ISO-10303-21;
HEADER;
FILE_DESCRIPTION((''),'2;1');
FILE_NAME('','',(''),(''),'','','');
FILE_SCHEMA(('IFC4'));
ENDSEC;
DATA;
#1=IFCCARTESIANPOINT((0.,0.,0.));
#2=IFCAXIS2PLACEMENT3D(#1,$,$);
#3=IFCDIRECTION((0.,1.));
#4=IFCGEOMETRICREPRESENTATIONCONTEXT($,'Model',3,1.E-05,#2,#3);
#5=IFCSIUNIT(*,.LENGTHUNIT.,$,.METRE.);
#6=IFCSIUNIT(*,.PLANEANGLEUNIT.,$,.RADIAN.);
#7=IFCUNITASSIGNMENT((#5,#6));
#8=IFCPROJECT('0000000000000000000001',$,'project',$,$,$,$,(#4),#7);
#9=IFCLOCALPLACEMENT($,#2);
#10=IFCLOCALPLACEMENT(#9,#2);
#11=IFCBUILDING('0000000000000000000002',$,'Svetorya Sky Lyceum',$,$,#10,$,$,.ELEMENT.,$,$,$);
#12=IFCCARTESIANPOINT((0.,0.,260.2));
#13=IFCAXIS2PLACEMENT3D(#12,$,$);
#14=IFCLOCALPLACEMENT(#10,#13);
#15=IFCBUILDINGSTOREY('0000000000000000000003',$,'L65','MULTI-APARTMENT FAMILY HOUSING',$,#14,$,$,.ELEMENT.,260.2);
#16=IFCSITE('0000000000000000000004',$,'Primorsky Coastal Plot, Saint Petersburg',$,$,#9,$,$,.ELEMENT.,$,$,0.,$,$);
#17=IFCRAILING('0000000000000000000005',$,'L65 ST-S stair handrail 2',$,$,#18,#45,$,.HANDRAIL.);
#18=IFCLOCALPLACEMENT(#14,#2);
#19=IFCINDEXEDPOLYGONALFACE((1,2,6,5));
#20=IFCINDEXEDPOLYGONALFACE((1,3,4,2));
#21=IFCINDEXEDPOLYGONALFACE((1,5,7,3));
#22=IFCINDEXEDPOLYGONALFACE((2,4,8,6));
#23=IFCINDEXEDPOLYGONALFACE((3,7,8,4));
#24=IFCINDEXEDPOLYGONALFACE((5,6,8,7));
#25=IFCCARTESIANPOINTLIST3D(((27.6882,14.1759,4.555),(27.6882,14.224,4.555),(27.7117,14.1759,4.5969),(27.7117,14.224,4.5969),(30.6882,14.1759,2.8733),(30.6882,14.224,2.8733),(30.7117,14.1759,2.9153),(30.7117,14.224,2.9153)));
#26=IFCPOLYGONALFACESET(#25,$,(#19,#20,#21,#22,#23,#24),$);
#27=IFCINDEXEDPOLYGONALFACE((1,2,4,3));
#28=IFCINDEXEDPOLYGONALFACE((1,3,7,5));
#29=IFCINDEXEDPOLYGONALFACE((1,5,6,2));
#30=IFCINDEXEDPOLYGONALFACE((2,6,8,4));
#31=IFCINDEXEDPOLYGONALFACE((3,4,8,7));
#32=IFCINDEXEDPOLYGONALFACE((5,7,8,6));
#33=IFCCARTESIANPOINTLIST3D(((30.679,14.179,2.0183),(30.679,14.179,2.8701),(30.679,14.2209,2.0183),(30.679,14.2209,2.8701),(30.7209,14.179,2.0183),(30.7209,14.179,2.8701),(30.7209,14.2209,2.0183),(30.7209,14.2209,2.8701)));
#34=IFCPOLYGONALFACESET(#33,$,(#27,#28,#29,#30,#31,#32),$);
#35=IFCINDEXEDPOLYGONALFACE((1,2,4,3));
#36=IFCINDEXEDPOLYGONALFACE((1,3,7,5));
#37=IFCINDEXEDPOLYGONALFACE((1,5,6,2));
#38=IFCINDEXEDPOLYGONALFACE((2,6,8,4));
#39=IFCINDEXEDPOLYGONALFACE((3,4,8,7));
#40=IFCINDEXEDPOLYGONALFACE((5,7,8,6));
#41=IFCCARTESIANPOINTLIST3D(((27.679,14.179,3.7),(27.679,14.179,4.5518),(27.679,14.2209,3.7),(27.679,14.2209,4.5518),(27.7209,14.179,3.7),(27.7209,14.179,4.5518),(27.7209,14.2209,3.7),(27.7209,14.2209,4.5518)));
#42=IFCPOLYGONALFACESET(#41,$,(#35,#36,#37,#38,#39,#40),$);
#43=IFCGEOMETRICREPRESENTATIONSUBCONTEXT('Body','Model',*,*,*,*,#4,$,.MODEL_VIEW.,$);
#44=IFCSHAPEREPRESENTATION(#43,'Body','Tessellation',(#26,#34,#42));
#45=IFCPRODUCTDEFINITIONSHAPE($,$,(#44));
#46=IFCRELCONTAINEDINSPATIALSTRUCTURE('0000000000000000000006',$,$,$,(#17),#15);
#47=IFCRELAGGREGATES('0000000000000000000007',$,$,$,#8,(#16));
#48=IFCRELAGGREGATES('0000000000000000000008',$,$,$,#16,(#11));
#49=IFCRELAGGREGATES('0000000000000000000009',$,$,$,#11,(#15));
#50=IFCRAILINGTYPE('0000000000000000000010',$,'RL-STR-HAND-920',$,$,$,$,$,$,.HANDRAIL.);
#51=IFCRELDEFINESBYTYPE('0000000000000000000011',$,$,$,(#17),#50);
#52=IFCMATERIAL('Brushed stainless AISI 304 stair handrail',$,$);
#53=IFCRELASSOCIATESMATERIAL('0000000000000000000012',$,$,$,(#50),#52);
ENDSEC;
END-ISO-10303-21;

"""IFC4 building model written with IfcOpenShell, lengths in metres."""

from ifc_helpers import new_model, si_unit, direction, frame, origin, origin_2d, place, context, subcontext, project, spatial, rectangle, extrude, material, type_object, element, save


model = new_model("IFC4")

# Units and contexts
model_context = context("Model", 3, precision=1e-05, world=origin(), true_north=direction((0.0, 1.0)))
body_context = subcontext(model_context, "Body", "Model", "MODEL_VIEW")
ifc_project = project(units=[si_unit("LENGTHUNIT", "METRE"), si_unit("PLANEANGLEUNIT", "RADIAN")], contexts=[model_context])

# Site, building, storey
site_placement = place(None, origin())
site = spatial("IfcSite", under=ifc_project, at=site_placement, Name="Primorsky Coastal Plot, Saint Petersburg", CompositionType="ELEMENT", RefElevation=0.0)
building_placement = place(site_placement, origin())
building = spatial("IfcBuilding", under=site, at=building_placement, Name="Svetorya Sky Lyceum", CompositionType="ELEMENT")
storey_placement = place(building_placement, frame((0.0, 0.0, 260.2)))
storey = spatial("IfcBuildingStorey", under=building, at=storey_placement, Name="L65", Description="MULTI-APARTMENT FAMILY HOUSING", CompositionType="ELEMENT", Elevation=260.2)

# Railing
ifc_material_1 = material(Name="Brushed stainless AISI 304 stair handrail")
railing_type_1 = type_object("IfcRailingType", Name="RL-STR-HAND-920", PredefinedType="HANDRAIL", material=ifc_material_1)
railing_1_placement = place(storey_placement, frame((30.7, 14.2, 2.0183)))
element("IfcRailing", 1, at=railing_1_placement, inside=storey, type_object=railing_type_1, Name="L65 ST-S stair handrail 2", PredefinedType="HANDRAIL", context=body_context, shape_type="SweptSolid", body=[
    extrude(rectangle(XDim=0.0481, YDim=0.0481, at=origin_2d()), frame((0.0, 0.0, 0.876), z_axis=(-0.872303, 0.0, 0.488966), x_axis=(0.0, -1.0, 0.0)), (0.0, 0.0, 1.0), 3.4392),
    extrude(rectangle(XDim=0.042, YDim=0.042, at=origin_2d()), origin(), (0.0, 0.0, 1.0), 0.8518),
    extrude(rectangle(XDim=0.042, YDim=0.042, at=origin_2d()), frame((-3.0, 0.0, 1.6816)), (0.0, 0.0, 1.0), 0.8518),
])

save(model, "model.ifc")
